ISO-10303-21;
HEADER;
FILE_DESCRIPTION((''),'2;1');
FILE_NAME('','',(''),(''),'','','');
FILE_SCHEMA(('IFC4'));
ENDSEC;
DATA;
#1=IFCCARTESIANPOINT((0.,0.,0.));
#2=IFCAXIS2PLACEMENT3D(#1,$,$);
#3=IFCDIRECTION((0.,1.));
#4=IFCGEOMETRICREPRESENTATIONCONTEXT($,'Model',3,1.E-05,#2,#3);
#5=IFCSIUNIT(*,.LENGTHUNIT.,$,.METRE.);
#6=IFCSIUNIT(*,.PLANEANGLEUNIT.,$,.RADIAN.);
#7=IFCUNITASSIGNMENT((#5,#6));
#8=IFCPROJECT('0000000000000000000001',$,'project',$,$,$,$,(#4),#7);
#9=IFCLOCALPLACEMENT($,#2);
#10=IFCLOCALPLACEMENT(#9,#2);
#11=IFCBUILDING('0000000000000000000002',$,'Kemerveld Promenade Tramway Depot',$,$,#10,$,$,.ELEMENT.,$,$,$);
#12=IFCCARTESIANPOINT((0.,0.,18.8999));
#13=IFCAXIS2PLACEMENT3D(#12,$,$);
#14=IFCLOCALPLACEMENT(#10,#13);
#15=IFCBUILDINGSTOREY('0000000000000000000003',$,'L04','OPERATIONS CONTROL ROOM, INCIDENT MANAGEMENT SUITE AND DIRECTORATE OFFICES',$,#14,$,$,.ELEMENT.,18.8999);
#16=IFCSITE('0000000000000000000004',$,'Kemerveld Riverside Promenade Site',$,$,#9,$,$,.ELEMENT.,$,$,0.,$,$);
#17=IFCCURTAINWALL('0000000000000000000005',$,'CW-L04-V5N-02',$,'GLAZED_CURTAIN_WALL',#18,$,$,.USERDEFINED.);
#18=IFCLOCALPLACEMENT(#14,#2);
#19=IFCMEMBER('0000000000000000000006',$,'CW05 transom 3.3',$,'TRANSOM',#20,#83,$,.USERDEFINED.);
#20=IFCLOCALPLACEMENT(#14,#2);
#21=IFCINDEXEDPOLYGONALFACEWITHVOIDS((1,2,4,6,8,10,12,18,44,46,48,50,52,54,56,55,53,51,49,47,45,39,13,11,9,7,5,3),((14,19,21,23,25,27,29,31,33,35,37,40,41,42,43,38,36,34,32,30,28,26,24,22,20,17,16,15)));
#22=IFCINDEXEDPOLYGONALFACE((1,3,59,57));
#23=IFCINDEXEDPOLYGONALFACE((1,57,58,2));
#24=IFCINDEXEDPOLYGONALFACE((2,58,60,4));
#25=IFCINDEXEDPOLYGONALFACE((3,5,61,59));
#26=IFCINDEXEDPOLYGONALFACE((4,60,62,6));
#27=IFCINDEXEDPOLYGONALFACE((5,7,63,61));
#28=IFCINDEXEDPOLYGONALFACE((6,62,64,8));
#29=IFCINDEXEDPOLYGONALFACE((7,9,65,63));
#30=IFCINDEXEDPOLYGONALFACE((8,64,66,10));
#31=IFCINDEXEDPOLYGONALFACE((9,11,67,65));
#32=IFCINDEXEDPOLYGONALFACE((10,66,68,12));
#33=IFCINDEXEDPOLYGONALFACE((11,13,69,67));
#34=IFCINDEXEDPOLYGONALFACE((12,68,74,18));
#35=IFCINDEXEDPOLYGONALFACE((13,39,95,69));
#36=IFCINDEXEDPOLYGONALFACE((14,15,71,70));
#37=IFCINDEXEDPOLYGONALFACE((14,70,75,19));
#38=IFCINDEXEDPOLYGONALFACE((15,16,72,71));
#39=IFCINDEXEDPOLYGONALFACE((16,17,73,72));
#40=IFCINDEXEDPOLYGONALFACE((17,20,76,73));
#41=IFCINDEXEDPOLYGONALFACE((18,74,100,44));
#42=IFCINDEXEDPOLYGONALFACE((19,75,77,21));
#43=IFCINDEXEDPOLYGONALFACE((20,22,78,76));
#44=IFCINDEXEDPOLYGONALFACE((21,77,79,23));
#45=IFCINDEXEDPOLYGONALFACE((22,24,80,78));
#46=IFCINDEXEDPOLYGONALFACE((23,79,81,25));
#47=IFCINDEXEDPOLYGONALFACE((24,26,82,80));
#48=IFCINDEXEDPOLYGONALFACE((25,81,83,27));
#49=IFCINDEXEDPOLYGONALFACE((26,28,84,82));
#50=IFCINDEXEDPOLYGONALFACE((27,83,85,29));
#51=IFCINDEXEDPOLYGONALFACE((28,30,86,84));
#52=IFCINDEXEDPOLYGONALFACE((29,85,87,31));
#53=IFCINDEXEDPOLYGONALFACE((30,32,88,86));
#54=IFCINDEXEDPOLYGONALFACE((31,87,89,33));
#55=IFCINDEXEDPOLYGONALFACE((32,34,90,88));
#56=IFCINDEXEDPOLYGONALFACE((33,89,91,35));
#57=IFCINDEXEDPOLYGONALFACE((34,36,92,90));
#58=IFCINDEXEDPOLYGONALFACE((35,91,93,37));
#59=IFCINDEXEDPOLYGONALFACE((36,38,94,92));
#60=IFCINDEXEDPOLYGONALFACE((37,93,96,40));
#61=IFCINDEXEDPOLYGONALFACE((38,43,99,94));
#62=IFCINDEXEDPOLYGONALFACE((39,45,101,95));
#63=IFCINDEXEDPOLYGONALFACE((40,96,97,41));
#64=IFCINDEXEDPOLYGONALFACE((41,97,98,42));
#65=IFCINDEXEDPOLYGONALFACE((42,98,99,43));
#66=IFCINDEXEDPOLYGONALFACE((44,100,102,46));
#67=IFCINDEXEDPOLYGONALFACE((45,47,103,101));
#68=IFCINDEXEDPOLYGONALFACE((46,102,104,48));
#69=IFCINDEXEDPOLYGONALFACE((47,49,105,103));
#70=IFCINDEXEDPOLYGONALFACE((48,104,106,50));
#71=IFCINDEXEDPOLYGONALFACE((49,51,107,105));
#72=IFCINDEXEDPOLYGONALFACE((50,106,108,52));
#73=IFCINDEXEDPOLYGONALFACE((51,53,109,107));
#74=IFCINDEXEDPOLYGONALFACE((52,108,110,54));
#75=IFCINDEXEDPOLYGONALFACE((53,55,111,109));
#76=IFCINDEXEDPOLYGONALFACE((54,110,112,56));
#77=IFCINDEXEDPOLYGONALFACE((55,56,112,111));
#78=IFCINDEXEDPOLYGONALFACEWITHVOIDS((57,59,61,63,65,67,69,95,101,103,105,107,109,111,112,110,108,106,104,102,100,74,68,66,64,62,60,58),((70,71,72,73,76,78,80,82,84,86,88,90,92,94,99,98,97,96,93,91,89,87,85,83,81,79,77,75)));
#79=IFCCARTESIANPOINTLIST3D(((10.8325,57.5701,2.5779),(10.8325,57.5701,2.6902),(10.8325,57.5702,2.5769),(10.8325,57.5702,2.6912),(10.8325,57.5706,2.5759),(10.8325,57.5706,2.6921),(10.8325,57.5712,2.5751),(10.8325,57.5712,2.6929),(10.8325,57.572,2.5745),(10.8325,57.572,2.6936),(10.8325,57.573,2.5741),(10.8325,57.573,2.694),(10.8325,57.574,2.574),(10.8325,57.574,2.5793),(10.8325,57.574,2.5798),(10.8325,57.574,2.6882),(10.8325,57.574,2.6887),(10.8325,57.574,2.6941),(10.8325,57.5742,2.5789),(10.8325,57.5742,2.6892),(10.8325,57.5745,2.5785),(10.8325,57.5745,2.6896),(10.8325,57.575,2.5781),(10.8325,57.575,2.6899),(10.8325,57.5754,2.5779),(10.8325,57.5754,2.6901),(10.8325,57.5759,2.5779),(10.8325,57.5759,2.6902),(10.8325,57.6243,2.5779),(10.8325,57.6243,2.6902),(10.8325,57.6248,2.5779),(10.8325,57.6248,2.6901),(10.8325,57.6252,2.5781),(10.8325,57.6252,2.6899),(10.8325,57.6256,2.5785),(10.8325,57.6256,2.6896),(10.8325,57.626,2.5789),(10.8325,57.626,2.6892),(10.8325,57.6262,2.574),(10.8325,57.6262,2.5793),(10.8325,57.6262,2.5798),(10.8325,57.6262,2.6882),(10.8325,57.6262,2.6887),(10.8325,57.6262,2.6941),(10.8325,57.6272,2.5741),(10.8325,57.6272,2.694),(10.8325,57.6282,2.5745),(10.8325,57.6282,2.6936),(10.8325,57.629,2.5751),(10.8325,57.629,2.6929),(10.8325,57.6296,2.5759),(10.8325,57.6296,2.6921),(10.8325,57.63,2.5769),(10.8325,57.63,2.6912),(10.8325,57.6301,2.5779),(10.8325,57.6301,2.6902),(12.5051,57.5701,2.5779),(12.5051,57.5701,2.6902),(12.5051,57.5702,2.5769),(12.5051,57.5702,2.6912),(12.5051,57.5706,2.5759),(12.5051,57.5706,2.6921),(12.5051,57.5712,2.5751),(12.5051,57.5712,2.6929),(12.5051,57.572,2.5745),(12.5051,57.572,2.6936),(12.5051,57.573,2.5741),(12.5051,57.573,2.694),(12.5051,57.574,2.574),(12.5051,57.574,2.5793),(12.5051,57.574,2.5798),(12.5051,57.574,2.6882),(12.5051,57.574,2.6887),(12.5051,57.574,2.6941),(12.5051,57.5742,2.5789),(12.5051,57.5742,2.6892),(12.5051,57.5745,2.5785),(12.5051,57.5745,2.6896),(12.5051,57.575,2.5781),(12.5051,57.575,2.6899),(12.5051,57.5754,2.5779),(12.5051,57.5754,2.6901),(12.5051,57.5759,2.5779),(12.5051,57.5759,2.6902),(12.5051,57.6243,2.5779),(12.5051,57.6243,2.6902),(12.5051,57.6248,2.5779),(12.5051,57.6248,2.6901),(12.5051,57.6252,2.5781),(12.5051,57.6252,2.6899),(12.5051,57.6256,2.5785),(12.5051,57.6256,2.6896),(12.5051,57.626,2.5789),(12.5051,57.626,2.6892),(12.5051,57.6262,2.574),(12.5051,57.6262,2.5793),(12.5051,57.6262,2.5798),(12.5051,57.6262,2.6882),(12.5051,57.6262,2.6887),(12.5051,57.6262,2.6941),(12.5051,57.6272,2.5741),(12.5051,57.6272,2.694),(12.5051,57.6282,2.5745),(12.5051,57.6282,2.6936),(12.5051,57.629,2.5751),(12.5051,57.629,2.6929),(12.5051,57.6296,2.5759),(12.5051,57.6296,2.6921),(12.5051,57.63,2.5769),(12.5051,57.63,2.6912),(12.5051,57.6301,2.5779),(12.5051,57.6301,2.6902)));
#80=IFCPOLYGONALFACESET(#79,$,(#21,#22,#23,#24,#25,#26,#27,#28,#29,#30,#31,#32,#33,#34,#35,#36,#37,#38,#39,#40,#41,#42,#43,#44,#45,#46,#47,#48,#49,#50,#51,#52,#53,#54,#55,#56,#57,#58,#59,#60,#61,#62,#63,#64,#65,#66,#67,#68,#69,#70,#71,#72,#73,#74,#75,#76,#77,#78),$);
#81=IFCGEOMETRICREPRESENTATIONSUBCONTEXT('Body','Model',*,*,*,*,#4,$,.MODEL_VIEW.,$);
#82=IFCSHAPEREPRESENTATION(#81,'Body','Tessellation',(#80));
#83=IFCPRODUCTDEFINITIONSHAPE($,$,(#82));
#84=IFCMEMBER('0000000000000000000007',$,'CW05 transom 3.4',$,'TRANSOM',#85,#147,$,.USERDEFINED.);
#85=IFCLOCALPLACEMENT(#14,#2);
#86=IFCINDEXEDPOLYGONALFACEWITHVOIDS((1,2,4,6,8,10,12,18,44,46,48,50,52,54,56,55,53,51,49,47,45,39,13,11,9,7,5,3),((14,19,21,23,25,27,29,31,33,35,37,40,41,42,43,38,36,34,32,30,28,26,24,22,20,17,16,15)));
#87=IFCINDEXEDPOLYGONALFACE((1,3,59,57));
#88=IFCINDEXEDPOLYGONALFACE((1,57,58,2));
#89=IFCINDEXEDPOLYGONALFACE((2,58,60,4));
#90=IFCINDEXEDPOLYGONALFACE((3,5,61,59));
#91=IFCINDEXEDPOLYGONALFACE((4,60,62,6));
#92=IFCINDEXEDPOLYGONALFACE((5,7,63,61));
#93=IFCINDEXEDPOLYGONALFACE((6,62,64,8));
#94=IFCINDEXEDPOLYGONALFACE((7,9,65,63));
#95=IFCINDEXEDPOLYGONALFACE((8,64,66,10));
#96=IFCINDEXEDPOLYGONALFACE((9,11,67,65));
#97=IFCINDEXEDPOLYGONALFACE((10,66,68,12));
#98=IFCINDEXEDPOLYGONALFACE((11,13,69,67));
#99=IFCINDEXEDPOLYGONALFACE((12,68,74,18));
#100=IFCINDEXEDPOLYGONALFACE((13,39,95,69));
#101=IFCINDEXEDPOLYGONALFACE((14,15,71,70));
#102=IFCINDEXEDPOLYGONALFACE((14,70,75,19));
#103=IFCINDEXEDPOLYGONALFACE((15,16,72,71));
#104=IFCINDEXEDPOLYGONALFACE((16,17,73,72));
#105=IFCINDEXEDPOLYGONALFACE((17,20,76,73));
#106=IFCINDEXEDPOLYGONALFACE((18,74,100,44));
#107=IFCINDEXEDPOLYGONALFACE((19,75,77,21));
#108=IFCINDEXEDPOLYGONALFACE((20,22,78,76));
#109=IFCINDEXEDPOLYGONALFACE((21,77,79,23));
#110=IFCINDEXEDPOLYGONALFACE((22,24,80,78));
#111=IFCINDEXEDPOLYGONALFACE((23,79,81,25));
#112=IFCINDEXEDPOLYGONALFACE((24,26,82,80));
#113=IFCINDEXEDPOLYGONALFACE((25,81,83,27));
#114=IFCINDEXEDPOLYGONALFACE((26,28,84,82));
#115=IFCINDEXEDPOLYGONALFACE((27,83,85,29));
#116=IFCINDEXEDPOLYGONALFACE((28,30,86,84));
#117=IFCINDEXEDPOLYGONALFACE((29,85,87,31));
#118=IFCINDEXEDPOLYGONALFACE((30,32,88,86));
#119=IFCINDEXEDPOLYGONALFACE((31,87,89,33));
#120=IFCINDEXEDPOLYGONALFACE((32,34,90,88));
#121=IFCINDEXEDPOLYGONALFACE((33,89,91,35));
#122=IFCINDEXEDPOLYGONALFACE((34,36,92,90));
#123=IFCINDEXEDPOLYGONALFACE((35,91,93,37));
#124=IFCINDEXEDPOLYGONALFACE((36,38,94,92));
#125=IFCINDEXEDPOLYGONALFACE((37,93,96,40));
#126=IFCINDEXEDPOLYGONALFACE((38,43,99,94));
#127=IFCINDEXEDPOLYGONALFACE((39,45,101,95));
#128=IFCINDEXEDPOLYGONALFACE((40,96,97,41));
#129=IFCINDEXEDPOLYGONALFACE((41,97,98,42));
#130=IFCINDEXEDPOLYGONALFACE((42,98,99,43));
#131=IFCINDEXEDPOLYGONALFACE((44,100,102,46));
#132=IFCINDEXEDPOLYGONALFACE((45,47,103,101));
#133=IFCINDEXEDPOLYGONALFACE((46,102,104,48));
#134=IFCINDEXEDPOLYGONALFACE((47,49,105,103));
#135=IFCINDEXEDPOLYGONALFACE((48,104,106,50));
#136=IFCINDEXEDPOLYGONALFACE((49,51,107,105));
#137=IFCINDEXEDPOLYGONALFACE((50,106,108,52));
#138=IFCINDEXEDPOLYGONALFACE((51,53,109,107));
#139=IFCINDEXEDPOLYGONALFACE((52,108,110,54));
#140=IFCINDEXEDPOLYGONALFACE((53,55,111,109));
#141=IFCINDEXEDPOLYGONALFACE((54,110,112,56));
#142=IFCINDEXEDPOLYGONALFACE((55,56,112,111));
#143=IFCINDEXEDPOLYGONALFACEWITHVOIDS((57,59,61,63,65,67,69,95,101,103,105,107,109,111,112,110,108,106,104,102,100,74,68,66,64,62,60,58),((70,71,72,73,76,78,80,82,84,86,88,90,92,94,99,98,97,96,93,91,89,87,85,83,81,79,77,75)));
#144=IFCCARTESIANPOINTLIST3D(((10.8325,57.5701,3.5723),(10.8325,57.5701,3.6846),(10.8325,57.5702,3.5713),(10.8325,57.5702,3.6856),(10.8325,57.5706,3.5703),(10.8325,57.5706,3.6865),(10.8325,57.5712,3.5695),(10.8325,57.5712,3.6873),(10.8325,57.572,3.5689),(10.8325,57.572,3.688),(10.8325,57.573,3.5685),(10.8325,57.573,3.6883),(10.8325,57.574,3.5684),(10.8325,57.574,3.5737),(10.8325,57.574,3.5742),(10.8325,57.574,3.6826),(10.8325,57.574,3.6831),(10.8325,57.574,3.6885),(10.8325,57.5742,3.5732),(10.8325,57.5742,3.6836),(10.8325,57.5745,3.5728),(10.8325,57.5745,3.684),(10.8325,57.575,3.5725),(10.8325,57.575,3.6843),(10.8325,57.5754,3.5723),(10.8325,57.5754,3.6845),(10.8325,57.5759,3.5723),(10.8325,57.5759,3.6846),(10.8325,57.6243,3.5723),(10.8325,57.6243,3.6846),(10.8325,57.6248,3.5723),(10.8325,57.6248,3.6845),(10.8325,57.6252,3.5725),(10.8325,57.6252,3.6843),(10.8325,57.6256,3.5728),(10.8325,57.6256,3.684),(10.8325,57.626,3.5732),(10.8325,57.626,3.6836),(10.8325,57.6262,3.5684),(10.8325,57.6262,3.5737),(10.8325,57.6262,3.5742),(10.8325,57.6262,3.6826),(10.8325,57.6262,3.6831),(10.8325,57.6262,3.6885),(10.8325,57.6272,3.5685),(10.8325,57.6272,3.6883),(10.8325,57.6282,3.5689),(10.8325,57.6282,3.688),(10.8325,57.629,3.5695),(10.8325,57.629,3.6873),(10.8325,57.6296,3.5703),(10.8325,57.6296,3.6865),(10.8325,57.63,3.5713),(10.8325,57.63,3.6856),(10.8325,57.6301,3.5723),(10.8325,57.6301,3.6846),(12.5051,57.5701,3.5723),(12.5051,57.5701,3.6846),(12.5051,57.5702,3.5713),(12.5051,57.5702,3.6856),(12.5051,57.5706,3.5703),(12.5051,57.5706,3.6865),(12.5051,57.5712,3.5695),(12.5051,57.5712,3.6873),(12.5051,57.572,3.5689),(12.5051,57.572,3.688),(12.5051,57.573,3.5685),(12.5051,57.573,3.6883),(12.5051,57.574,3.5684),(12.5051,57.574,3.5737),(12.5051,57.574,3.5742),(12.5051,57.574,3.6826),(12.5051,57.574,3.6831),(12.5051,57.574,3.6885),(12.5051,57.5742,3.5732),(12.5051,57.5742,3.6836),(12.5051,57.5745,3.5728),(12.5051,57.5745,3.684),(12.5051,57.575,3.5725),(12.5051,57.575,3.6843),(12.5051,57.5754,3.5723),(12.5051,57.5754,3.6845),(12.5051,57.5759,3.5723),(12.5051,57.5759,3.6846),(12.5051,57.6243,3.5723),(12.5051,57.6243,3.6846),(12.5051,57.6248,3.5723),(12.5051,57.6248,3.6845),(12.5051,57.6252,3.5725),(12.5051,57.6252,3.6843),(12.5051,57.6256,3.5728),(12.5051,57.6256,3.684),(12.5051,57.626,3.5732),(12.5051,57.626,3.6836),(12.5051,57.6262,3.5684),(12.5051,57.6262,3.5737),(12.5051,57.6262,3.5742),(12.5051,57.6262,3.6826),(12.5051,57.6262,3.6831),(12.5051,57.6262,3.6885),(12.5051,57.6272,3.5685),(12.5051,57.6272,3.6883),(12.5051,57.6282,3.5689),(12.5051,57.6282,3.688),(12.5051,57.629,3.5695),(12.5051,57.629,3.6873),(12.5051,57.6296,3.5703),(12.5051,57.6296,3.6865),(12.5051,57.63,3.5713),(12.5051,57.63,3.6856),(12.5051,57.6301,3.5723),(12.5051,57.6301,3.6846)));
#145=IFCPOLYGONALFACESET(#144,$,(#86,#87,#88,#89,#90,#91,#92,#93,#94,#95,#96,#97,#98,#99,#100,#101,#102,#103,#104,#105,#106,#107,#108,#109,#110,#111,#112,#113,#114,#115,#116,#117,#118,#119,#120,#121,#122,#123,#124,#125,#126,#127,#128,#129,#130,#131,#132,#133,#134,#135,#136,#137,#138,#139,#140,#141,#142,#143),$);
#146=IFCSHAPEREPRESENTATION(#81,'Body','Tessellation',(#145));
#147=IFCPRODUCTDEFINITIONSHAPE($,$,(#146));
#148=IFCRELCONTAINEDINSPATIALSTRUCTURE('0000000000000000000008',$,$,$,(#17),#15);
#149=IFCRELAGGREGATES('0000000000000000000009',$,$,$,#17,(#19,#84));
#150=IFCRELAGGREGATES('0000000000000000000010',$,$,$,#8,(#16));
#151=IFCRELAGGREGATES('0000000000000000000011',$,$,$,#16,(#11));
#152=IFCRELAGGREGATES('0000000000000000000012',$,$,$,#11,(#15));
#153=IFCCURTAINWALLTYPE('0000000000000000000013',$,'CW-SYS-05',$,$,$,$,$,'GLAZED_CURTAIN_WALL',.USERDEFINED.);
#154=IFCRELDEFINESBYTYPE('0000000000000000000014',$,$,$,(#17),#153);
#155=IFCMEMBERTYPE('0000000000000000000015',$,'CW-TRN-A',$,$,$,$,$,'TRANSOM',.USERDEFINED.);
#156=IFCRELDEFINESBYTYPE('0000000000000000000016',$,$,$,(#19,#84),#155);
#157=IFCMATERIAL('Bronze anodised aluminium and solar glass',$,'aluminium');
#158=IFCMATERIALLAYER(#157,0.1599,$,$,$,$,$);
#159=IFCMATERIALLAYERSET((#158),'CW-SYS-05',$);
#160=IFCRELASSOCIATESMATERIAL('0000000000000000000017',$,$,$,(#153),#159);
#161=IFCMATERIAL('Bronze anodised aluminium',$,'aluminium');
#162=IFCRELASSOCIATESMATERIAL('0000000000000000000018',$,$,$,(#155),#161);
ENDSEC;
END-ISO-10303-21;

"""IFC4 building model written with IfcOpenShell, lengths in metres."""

from ifc_helpers import new_model, si_unit, direction, frame, origin, origin_2d, place, context, subcontext, project, spatial, hollow_rectangle, extrude, material, layer, layer_set, material_profile, profile_set, type_object, element, aggregate, save


model = new_model("IFC4")

# Units and contexts
model_context = context("Model", 3, precision=1e-05, world=origin(), true_north=direction((0.0, 1.0)))
body_context = subcontext(model_context, "Body", "Model", "MODEL_VIEW")
ifc_project = project(units=[si_unit("LENGTHUNIT", "METRE"), si_unit("PLANEANGLEUNIT", "RADIAN")], contexts=[model_context])

# Site, building, storey
site_placement = place(None, origin())
site = spatial("IfcSite", under=ifc_project, at=site_placement, Name="Kemerveld Riverside Promenade Site", CompositionType="ELEMENT", RefElevation=0.0)
building_placement = place(site_placement, origin())
building = spatial("IfcBuilding", under=site, at=building_placement, Name="Kemerveld Promenade Tramway Depot", CompositionType="ELEMENT")
storey_placement = place(building_placement, frame((0.0, 0.0, 18.8999)))
storey = spatial("IfcBuildingStorey", under=building, at=storey_placement, Name="L04", Description="OPERATIONS CONTROL ROOM, INCIDENT MANAGEMENT SUITE AND DIRECTORATE OFFICES", CompositionType="ELEMENT", Elevation=18.8999)

# Curtain wall, members
ifc_material_1 = material(Name="Bronze anodised aluminium and solar glass", Category="aluminium")
ifc_layer_1 = layer(ifc_material_1, 0.1599)
ifc_layer_set_1 = layer_set([ifc_layer_1], Name="CW-SYS-05")
curtain_wall_type = type_object("IfcCurtainWallType", Name="CW-SYS-05", ElementType="GLAZED_CURTAIN_WALL", PredefinedType="USERDEFINED", material=ifc_layer_set_1)
curtain_wall_placement = place(storey_placement, origin())
curtain_wall = element("IfcCurtainWall", 1, at=curtain_wall_placement, inside=storey, type_object=curtain_wall_type, Name="CW-L04-V5N-02", ObjectType="GLAZED_CURTAIN_WALL", PredefinedType="USERDEFINED")
ifc_material_2 = material(Name="Bronze anodised aluminium", Category="aluminium")
ifc_material_profile_1 = material_profile(ifc_material_2, hollow_rectangle(XDim=0.0601, YDim=0.1201, WallThickness=0.0039, InnerFilletRadius=0.002, OuterFilletRadius=0.0039, at=origin_2d()), Name="CW-TRN-120x60")
ifc_profile_set_1 = profile_set([ifc_material_profile_1], Name="Bronze anodised aluminium")
member_type_1 = type_object("IfcMemberType", Name="CW-TRN-A", ElementType="TRANSOM", PredefinedType="USERDEFINED", material=ifc_profile_set_1)
member_1_placement = place(storey_placement, frame((10.8325, 57.6001, 2.634), z_axis=(1.0, 0.0, 0.0), x_axis=(0.0, 1.0, 0.0)))
member_1 = element("IfcMember", 2, at=member_1_placement, type_object=member_type_1, Name="CW05 transom 3.3", ObjectType="TRANSOM", PredefinedType="USERDEFINED", context=body_context, shape_type="SweptSolid", body=[
    extrude(hollow_rectangle(XDim=0.0601, YDim=0.1201, WallThickness=0.0039, InnerFilletRadius=0.002, OuterFilletRadius=0.0039, at=origin_2d()), origin(), (0.0, 0.0, 1.0), 1.6726),
])
member_2_placement = place(storey_placement, frame((10.8325, 57.6001, 3.6284), z_axis=(1.0, 0.0, 0.0), x_axis=(0.0, 1.0, 0.0)))
member_2 = element("IfcMember", 3, at=member_2_placement, type_object=member_type_1, Name="CW05 transom 3.4", ObjectType="TRANSOM", PredefinedType="USERDEFINED", context=body_context, shape_type="SweptSolid", body=[
    extrude(hollow_rectangle(XDim=0.0601, YDim=0.1201, WallThickness=0.0039, InnerFilletRadius=0.002, OuterFilletRadius=0.0039, at=origin_2d()), origin(), (0.0, 0.0, 1.0), 1.6726),
])

aggregate(curtain_wall, [member_1, member_2])

save(model, "model.ifc")
